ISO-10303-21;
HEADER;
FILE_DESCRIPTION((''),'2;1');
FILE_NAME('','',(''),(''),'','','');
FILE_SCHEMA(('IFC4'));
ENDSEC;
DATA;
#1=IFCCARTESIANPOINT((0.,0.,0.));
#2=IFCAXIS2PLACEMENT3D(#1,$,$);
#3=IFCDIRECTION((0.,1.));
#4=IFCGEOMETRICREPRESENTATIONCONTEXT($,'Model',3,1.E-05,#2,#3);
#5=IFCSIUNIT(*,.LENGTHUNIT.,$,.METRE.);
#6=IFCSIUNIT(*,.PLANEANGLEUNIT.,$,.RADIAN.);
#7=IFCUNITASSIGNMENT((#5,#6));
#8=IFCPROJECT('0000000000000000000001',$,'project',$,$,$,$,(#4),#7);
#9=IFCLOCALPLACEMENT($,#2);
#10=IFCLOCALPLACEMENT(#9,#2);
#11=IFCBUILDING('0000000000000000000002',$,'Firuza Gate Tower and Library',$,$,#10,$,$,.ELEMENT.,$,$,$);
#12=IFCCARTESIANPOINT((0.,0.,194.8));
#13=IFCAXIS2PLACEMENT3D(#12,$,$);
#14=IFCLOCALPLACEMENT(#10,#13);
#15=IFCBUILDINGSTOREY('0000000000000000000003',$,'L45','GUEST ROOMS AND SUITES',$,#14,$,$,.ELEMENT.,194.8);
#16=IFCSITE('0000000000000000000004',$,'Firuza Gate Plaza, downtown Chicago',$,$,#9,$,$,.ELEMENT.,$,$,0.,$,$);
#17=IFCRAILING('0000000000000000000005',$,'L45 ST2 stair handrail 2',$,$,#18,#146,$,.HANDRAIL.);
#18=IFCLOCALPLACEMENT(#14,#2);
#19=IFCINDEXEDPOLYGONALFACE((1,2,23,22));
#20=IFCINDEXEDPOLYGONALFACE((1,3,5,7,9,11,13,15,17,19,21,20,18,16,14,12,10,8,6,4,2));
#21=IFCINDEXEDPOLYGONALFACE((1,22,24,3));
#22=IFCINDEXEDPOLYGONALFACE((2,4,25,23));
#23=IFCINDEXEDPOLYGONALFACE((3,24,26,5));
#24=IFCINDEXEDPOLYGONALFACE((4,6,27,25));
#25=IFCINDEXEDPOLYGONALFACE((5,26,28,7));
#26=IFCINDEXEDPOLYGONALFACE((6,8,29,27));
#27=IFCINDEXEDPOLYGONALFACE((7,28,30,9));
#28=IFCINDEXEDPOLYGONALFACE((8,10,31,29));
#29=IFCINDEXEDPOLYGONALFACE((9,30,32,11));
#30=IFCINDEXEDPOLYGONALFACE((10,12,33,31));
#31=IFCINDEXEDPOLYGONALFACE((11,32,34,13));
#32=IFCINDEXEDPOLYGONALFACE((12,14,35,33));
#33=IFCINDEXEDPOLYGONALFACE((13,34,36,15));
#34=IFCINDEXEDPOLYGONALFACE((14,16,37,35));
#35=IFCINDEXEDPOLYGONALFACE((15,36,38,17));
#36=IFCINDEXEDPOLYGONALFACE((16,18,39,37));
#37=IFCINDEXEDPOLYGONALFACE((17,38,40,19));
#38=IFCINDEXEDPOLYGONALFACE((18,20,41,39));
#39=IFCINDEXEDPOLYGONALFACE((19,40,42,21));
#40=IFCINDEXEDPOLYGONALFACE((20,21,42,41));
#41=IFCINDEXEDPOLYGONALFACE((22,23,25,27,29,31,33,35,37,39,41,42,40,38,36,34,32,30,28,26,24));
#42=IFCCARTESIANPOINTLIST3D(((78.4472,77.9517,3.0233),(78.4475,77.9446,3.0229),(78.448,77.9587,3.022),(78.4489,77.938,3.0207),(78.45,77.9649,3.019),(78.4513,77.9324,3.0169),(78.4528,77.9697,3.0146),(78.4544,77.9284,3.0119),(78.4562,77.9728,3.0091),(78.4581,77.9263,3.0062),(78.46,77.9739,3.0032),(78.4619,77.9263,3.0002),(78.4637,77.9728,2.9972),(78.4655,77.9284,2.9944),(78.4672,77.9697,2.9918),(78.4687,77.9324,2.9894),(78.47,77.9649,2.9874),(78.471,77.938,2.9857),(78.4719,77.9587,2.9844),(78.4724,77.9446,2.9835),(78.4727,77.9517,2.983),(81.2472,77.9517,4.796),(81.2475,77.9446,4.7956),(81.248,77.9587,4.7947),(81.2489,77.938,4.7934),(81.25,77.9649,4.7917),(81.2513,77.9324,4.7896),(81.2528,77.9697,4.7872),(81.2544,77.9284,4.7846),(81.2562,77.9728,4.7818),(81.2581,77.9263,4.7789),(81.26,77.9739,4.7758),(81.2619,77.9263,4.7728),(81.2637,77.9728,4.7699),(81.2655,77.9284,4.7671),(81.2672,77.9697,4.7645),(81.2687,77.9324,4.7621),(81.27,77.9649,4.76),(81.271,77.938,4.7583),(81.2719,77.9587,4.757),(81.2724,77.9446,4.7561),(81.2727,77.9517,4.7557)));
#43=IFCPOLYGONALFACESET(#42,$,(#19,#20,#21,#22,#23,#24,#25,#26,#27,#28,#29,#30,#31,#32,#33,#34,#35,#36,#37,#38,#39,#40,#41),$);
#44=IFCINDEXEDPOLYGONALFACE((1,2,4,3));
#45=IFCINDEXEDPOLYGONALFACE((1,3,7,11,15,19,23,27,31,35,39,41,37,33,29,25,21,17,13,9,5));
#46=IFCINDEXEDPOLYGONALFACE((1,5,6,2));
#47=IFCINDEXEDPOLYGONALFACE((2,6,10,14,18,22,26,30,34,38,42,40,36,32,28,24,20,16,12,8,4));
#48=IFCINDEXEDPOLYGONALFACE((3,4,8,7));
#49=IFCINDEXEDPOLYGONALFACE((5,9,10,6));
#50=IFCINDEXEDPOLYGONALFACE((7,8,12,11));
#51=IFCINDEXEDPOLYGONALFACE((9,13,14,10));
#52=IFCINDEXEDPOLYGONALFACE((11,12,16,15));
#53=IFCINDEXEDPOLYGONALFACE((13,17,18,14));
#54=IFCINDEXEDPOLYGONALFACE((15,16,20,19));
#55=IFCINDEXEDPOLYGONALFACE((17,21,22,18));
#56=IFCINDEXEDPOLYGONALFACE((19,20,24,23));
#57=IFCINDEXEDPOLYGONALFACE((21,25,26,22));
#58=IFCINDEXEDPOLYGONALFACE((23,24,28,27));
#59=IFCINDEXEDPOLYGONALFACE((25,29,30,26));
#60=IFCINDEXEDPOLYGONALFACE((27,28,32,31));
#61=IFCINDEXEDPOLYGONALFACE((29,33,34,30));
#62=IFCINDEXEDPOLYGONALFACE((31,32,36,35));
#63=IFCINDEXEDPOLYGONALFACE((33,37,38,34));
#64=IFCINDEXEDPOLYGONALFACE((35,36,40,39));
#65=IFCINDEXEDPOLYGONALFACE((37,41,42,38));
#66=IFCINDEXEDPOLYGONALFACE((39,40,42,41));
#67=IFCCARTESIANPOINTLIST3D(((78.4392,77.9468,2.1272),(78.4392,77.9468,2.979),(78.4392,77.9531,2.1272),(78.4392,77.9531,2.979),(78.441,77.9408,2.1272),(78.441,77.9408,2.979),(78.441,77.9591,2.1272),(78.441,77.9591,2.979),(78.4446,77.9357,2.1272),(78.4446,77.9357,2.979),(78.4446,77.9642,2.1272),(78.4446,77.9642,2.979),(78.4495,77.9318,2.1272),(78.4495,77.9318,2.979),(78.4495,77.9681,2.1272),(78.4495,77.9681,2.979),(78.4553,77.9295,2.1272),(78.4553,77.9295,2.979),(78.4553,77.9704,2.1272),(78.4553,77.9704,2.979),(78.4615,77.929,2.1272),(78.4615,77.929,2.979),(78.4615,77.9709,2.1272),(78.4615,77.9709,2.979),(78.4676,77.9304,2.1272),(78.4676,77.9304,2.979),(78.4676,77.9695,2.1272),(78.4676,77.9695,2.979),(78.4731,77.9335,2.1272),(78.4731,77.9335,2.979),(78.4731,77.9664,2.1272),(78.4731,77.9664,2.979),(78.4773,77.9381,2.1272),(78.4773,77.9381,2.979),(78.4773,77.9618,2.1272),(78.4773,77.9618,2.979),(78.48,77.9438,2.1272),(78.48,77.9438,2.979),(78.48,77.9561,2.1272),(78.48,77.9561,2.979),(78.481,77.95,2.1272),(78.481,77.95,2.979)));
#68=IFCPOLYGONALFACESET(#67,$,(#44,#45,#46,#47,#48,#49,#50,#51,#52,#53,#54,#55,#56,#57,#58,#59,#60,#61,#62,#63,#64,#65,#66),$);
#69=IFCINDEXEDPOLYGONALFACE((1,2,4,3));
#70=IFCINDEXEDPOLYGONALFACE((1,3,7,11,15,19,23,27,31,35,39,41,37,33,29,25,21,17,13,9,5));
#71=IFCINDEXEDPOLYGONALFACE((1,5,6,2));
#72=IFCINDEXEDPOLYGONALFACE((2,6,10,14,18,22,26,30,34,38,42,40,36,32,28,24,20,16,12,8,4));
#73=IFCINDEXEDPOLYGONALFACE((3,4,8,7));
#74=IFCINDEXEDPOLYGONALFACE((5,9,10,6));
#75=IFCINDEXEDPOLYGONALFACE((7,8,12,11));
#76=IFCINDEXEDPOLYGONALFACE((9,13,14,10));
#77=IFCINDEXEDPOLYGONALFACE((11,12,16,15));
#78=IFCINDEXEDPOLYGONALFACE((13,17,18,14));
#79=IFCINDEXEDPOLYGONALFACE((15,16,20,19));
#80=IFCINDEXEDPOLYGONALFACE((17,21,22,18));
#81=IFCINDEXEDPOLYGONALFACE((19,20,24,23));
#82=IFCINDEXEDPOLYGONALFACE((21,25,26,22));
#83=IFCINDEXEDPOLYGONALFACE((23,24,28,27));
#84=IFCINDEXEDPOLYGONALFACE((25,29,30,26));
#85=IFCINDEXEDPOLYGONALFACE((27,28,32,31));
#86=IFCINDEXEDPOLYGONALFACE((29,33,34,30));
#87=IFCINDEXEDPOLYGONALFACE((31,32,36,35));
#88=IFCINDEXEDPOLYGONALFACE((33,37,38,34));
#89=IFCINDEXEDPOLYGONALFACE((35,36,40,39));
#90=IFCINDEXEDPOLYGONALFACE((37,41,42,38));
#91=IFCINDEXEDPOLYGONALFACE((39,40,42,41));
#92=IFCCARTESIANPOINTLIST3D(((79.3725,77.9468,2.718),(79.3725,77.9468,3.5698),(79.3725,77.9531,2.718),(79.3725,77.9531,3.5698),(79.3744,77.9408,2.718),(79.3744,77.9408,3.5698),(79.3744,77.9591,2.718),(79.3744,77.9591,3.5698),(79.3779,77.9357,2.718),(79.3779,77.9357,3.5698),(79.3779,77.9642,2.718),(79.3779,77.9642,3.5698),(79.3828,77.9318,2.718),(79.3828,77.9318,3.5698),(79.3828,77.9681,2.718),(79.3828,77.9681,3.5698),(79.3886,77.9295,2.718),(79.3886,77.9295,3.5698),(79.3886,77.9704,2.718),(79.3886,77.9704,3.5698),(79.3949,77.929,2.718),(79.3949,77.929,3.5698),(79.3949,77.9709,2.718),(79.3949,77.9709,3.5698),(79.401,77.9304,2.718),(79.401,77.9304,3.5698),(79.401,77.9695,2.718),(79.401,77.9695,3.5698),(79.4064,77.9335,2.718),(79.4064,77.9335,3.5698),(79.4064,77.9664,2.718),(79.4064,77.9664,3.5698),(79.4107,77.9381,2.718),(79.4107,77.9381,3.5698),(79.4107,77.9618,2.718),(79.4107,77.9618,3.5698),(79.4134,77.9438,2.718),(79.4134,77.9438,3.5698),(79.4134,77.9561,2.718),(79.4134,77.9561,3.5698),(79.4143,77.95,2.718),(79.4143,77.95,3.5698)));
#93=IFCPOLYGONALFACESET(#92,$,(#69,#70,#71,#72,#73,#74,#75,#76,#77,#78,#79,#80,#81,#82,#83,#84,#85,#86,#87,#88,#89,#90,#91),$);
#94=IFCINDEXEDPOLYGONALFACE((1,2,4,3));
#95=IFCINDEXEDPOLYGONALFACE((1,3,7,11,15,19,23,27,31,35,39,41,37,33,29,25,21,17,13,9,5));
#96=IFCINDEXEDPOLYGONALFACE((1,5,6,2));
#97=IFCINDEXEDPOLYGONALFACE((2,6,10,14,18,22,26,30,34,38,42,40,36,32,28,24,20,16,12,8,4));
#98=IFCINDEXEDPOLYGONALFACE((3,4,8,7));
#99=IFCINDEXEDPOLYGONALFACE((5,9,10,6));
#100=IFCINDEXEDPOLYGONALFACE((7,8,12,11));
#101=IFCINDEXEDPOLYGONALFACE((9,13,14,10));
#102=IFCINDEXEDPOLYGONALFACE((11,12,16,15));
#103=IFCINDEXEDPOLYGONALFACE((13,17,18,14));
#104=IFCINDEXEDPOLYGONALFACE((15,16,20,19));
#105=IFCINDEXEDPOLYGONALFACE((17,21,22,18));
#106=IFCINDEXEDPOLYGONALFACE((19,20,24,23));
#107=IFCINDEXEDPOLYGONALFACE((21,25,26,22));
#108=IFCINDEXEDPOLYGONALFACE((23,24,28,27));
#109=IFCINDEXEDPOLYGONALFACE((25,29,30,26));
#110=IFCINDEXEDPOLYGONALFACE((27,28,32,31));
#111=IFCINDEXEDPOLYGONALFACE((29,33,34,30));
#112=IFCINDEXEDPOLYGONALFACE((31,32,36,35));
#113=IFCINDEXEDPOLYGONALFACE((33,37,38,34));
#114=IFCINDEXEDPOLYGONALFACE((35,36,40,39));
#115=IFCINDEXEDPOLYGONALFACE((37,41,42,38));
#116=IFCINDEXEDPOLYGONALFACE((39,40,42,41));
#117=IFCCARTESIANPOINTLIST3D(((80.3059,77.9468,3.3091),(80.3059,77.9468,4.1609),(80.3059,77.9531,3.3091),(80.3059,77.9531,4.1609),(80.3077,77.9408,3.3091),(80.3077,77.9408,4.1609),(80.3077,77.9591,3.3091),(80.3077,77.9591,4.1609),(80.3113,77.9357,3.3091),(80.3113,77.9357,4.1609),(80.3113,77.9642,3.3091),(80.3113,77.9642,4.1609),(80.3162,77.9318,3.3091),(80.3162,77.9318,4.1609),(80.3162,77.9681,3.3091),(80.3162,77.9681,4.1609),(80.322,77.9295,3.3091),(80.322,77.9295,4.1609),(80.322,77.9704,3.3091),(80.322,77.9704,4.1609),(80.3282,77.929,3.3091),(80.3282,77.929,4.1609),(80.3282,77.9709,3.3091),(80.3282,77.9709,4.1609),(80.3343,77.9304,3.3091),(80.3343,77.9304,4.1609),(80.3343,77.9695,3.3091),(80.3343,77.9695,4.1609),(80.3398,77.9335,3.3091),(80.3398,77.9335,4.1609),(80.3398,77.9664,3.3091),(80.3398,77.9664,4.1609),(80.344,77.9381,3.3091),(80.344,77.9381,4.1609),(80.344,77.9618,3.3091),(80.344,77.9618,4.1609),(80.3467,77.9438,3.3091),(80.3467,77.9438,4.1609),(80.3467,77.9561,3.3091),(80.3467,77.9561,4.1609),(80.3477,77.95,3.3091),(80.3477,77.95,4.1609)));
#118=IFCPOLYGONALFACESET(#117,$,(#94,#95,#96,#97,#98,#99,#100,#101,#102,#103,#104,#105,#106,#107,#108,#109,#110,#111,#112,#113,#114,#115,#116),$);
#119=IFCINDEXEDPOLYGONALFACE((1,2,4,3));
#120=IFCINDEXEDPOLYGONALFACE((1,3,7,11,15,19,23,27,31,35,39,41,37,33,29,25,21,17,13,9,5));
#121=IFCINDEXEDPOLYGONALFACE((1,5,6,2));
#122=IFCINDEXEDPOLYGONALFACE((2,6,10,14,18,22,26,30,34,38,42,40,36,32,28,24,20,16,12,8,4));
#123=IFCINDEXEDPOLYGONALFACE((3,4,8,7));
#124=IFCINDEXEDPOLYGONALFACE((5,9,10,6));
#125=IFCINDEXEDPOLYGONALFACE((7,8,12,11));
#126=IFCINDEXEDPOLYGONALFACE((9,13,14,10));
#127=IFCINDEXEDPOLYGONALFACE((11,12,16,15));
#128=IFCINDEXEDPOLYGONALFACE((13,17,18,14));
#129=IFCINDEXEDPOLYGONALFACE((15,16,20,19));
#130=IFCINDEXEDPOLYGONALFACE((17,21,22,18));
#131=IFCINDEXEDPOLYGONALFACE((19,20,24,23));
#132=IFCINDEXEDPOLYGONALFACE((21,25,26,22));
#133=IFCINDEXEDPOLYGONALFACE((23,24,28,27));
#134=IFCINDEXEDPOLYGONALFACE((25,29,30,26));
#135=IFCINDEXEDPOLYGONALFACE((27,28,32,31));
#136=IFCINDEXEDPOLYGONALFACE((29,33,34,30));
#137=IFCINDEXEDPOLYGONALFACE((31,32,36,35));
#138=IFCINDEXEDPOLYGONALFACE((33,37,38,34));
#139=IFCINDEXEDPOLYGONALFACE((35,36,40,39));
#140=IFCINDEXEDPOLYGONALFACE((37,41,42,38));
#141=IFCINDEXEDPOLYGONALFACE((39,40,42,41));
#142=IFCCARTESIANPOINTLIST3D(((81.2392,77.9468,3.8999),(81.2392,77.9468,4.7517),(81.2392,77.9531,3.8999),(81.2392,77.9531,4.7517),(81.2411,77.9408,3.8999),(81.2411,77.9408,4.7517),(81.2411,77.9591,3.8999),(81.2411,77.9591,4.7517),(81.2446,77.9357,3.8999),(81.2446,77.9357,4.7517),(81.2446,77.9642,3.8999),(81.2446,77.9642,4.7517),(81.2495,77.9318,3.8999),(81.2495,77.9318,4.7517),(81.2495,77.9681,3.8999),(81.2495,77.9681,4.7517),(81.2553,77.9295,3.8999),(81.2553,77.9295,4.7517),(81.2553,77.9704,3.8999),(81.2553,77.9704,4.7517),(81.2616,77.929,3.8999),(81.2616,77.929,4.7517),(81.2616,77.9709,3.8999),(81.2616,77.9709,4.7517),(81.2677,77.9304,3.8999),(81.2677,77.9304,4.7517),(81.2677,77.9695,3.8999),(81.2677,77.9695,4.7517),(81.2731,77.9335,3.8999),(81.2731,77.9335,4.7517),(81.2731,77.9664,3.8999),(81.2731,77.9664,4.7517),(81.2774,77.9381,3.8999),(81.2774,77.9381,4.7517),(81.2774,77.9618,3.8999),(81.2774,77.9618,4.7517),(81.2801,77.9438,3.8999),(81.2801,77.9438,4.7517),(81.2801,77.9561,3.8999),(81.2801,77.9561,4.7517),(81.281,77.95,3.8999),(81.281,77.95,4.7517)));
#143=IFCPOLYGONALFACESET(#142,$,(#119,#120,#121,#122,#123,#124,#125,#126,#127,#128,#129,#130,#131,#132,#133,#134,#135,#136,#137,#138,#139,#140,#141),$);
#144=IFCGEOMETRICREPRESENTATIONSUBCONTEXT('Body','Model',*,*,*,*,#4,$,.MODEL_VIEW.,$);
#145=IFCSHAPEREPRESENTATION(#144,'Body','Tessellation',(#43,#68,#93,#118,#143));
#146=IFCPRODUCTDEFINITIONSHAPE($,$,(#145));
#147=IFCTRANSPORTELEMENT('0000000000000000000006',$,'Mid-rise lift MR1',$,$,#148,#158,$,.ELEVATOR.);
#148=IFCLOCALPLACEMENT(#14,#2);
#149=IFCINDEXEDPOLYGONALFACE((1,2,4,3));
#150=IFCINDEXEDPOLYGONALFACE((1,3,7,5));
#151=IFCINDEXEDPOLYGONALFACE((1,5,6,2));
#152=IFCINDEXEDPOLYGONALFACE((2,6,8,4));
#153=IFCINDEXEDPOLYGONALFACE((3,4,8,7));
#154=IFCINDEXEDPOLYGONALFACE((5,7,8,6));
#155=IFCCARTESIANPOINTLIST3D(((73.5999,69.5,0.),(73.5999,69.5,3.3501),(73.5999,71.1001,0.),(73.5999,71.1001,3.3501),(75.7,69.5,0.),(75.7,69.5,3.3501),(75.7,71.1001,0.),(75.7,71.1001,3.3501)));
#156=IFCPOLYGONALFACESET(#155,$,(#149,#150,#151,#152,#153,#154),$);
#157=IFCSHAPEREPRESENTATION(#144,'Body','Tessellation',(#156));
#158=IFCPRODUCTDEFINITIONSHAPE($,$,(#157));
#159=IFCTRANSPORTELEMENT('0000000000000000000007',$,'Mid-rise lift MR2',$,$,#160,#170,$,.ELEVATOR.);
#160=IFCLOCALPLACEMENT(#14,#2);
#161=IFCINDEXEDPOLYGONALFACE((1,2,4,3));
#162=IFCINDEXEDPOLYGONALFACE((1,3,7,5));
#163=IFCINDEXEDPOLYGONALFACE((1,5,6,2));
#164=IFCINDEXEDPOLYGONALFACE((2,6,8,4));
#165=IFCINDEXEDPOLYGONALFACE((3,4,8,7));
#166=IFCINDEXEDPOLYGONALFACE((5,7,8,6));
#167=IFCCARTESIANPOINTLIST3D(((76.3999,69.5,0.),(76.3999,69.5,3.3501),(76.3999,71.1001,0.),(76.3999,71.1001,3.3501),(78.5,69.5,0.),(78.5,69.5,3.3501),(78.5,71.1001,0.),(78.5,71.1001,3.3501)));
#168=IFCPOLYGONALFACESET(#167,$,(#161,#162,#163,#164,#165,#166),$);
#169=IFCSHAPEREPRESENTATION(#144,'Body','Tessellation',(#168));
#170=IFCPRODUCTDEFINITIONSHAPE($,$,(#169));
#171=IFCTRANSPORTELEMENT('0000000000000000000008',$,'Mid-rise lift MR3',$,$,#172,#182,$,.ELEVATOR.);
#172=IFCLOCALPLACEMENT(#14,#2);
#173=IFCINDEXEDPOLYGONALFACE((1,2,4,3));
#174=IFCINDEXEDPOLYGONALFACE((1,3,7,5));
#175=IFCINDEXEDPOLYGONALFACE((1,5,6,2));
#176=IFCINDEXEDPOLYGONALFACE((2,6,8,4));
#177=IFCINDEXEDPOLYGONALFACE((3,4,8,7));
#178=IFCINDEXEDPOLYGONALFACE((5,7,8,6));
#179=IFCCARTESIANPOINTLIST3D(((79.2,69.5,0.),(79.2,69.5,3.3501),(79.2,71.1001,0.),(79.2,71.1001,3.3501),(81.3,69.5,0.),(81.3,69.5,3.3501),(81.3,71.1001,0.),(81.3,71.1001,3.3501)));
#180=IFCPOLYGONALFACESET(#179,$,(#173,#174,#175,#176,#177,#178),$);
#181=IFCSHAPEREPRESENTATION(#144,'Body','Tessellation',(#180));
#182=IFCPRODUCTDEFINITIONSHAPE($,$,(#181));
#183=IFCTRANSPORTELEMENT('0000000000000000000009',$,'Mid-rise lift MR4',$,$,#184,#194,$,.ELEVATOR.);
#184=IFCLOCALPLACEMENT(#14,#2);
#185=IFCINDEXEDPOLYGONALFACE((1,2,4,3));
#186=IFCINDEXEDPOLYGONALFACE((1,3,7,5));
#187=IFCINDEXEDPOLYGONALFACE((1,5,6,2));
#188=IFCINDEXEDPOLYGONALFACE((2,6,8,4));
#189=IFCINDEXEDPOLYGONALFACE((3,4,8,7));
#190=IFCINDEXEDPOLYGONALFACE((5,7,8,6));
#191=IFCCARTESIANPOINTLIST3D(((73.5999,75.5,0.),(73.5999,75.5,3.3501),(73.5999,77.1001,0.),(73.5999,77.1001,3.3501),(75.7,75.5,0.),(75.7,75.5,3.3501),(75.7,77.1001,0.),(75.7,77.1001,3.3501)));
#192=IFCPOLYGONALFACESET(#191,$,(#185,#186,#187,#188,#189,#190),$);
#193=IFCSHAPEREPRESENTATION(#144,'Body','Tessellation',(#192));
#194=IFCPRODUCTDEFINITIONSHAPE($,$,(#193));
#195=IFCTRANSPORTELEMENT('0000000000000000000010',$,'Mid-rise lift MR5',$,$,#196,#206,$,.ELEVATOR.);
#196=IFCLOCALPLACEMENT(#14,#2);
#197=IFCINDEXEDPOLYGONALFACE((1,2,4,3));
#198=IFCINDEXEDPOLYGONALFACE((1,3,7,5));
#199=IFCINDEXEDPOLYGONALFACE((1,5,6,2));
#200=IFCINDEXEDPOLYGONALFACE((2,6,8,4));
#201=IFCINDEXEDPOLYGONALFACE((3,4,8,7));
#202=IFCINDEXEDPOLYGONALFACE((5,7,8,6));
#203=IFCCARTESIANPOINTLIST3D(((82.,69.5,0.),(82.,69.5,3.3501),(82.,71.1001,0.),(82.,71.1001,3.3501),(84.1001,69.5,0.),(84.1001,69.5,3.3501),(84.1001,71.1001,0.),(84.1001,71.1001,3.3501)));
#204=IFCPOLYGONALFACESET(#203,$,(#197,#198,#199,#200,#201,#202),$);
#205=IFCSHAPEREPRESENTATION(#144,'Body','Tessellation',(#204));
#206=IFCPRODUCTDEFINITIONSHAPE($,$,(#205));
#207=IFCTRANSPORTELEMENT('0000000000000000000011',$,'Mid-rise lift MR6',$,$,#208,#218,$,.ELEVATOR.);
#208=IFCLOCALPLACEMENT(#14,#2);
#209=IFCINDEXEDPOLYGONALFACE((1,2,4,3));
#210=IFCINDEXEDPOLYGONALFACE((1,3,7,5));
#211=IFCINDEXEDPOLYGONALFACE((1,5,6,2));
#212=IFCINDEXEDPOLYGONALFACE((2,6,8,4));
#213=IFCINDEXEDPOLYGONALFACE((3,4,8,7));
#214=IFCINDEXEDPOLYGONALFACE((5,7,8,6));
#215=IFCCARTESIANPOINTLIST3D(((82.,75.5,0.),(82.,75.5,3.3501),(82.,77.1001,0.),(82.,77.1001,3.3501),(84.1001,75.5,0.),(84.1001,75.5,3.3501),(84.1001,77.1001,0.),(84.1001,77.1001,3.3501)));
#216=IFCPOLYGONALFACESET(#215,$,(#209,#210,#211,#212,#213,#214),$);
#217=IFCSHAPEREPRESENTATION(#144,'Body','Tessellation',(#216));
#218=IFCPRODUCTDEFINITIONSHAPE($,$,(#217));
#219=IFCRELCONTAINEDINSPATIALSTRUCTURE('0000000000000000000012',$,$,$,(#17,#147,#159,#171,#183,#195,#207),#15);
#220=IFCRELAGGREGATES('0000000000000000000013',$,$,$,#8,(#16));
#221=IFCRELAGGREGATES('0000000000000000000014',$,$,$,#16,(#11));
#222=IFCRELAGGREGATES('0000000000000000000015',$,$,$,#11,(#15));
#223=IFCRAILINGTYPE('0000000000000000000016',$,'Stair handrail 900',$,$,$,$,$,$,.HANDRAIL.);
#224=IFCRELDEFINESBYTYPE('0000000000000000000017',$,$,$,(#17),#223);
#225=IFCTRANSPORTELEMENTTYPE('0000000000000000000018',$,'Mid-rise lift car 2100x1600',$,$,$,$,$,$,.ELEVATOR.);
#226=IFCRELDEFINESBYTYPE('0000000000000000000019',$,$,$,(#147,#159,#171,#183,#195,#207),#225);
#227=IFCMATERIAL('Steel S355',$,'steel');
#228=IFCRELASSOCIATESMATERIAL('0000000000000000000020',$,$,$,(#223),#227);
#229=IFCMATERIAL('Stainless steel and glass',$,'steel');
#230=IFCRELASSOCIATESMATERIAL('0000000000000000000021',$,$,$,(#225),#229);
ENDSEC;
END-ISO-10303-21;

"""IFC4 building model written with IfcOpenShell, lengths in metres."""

from ifc_helpers import new_model, si_unit, direction, frame, origin, origin_2d, place, context, subcontext, project, spatial, rectangle, circle, extrude, material, type_object, element, save


model = new_model("IFC4")

# Units and contexts
model_context = context("Model", 3, precision=1e-05, world=origin(), true_north=direction((0.0, 1.0)))
body_context = subcontext(model_context, "Body", "Model", "MODEL_VIEW")
ifc_project = project(units=[si_unit("LENGTHUNIT", "METRE"), si_unit("PLANEANGLEUNIT", "RADIAN")], contexts=[model_context])

# Site, building, storey
site_placement = place(None, origin())
site = spatial("IfcSite", under=ifc_project, at=site_placement, Name="Firuza Gate Plaza, downtown Chicago", CompositionType="ELEMENT", RefElevation=0.0)
building_placement = place(site_placement, origin())
building = spatial("IfcBuilding", under=site, at=building_placement, Name="Firuza Gate Tower and Library", CompositionType="ELEMENT")
storey_placement = place(building_placement, frame((0.0, 0.0, 194.8)))
storey = spatial("IfcBuildingStorey", under=building, at=storey_placement, Name="L45", Description="GUEST ROOMS AND SUITES", CompositionType="ELEMENT", Elevation=194.8)

# Railing
ifc_material_1 = material(Name="Steel S355", Category="steel")
railing_type_1 = type_object("IfcRailingType", Name="Stair handrail 900", PredefinedType="HANDRAIL", material=ifc_material_1)
railing_1_placement = place(storey_placement, frame((78.46, 77.95, 2.1272)))
element("IfcRailing", 1, at=railing_1_placement, inside=storey, type_object=railing_type_1, Name="L45 ST2 stair handrail 2", PredefinedType="HANDRAIL", context=body_context, shape_type="SweptSolid", body=[
    extrude(circle(Radius=0.0239, at=origin_2d()), frame((0.0, 0.0, 0.876), z_axis=(0.844909, 0.0, 0.53491), x_axis=(0.0, 1.0, 0.0)), (0.0, 0.0, 1.0), 3.314),
    extrude(circle(Radius=0.021, at=origin_2d()), origin(), (0.0, 0.0, 1.0), 0.8518),
    extrude(circle(Radius=0.021, at=origin_2d()), frame((0.9333, 0.0, 0.5908)), (0.0, 0.0, 1.0), 0.8518),
    extrude(circle(Radius=0.021, at=origin_2d()), frame((1.8667, 0.0, 1.1819)), (0.0, 0.0, 1.0), 0.8518),
    extrude(circle(Radius=0.021, at=origin_2d()), frame((2.8, 0.0, 1.7727)), (0.0, 0.0, 1.0), 0.8518),
])

# Transport elements
ifc_material_2 = material(Name="Stainless steel and glass", Category="steel")
transport_element_type = type_object("IfcTransportElementType", Name="Mid-rise lift car 2100x1600", PredefinedType="ELEVATOR", material=ifc_material_2)
for number, where, z_axis, x_axis, name in (
    (2, (74.6499, 70.3, 0.0), (0.0, 0.0, 1.0), (1.0, 0.0, 0.0), "Mid-rise lift MR1"),
    (3, (77.45, 70.3, 0.0), (0.0, 0.0, 1.0), (1.0, 0.0, 0.0), "Mid-rise lift MR2"),
    (4, (80.25, 70.3, 0.0), (0.0, 0.0, 1.0), (1.0, 0.0, 0.0), "Mid-rise lift MR3"),
    (5, (74.6499, 76.3, 0.0), (0.0, 0.0, 1.0), (1.0, 0.0, 0.0), "Mid-rise lift MR4"),
    (6, (83.05, 70.3, 0.0), (0.0, 0.0, 1.0), (1.0, 0.0, 0.0), "Mid-rise lift MR5"),
    (7, (83.05, 76.3, 0.0), (0.0, 0.0, 1.0), (1.0, 0.0, 0.0), "Mid-rise lift MR6"),
):
    element("IfcTransportElement", number, at=place(storey_placement, frame(where, z_axis=z_axis, x_axis=x_axis)), inside=storey, type_object=transport_element_type, Name=name, PredefinedType="ELEVATOR", context=body_context, shape_type="SweptSolid", body=[
        extrude(rectangle(XDim=2.1001, YDim=1.6001, at=origin_2d()), origin(), (0.0, 0.0, 1.0), 3.3501),
    ])

save(model, "model.ifc")
